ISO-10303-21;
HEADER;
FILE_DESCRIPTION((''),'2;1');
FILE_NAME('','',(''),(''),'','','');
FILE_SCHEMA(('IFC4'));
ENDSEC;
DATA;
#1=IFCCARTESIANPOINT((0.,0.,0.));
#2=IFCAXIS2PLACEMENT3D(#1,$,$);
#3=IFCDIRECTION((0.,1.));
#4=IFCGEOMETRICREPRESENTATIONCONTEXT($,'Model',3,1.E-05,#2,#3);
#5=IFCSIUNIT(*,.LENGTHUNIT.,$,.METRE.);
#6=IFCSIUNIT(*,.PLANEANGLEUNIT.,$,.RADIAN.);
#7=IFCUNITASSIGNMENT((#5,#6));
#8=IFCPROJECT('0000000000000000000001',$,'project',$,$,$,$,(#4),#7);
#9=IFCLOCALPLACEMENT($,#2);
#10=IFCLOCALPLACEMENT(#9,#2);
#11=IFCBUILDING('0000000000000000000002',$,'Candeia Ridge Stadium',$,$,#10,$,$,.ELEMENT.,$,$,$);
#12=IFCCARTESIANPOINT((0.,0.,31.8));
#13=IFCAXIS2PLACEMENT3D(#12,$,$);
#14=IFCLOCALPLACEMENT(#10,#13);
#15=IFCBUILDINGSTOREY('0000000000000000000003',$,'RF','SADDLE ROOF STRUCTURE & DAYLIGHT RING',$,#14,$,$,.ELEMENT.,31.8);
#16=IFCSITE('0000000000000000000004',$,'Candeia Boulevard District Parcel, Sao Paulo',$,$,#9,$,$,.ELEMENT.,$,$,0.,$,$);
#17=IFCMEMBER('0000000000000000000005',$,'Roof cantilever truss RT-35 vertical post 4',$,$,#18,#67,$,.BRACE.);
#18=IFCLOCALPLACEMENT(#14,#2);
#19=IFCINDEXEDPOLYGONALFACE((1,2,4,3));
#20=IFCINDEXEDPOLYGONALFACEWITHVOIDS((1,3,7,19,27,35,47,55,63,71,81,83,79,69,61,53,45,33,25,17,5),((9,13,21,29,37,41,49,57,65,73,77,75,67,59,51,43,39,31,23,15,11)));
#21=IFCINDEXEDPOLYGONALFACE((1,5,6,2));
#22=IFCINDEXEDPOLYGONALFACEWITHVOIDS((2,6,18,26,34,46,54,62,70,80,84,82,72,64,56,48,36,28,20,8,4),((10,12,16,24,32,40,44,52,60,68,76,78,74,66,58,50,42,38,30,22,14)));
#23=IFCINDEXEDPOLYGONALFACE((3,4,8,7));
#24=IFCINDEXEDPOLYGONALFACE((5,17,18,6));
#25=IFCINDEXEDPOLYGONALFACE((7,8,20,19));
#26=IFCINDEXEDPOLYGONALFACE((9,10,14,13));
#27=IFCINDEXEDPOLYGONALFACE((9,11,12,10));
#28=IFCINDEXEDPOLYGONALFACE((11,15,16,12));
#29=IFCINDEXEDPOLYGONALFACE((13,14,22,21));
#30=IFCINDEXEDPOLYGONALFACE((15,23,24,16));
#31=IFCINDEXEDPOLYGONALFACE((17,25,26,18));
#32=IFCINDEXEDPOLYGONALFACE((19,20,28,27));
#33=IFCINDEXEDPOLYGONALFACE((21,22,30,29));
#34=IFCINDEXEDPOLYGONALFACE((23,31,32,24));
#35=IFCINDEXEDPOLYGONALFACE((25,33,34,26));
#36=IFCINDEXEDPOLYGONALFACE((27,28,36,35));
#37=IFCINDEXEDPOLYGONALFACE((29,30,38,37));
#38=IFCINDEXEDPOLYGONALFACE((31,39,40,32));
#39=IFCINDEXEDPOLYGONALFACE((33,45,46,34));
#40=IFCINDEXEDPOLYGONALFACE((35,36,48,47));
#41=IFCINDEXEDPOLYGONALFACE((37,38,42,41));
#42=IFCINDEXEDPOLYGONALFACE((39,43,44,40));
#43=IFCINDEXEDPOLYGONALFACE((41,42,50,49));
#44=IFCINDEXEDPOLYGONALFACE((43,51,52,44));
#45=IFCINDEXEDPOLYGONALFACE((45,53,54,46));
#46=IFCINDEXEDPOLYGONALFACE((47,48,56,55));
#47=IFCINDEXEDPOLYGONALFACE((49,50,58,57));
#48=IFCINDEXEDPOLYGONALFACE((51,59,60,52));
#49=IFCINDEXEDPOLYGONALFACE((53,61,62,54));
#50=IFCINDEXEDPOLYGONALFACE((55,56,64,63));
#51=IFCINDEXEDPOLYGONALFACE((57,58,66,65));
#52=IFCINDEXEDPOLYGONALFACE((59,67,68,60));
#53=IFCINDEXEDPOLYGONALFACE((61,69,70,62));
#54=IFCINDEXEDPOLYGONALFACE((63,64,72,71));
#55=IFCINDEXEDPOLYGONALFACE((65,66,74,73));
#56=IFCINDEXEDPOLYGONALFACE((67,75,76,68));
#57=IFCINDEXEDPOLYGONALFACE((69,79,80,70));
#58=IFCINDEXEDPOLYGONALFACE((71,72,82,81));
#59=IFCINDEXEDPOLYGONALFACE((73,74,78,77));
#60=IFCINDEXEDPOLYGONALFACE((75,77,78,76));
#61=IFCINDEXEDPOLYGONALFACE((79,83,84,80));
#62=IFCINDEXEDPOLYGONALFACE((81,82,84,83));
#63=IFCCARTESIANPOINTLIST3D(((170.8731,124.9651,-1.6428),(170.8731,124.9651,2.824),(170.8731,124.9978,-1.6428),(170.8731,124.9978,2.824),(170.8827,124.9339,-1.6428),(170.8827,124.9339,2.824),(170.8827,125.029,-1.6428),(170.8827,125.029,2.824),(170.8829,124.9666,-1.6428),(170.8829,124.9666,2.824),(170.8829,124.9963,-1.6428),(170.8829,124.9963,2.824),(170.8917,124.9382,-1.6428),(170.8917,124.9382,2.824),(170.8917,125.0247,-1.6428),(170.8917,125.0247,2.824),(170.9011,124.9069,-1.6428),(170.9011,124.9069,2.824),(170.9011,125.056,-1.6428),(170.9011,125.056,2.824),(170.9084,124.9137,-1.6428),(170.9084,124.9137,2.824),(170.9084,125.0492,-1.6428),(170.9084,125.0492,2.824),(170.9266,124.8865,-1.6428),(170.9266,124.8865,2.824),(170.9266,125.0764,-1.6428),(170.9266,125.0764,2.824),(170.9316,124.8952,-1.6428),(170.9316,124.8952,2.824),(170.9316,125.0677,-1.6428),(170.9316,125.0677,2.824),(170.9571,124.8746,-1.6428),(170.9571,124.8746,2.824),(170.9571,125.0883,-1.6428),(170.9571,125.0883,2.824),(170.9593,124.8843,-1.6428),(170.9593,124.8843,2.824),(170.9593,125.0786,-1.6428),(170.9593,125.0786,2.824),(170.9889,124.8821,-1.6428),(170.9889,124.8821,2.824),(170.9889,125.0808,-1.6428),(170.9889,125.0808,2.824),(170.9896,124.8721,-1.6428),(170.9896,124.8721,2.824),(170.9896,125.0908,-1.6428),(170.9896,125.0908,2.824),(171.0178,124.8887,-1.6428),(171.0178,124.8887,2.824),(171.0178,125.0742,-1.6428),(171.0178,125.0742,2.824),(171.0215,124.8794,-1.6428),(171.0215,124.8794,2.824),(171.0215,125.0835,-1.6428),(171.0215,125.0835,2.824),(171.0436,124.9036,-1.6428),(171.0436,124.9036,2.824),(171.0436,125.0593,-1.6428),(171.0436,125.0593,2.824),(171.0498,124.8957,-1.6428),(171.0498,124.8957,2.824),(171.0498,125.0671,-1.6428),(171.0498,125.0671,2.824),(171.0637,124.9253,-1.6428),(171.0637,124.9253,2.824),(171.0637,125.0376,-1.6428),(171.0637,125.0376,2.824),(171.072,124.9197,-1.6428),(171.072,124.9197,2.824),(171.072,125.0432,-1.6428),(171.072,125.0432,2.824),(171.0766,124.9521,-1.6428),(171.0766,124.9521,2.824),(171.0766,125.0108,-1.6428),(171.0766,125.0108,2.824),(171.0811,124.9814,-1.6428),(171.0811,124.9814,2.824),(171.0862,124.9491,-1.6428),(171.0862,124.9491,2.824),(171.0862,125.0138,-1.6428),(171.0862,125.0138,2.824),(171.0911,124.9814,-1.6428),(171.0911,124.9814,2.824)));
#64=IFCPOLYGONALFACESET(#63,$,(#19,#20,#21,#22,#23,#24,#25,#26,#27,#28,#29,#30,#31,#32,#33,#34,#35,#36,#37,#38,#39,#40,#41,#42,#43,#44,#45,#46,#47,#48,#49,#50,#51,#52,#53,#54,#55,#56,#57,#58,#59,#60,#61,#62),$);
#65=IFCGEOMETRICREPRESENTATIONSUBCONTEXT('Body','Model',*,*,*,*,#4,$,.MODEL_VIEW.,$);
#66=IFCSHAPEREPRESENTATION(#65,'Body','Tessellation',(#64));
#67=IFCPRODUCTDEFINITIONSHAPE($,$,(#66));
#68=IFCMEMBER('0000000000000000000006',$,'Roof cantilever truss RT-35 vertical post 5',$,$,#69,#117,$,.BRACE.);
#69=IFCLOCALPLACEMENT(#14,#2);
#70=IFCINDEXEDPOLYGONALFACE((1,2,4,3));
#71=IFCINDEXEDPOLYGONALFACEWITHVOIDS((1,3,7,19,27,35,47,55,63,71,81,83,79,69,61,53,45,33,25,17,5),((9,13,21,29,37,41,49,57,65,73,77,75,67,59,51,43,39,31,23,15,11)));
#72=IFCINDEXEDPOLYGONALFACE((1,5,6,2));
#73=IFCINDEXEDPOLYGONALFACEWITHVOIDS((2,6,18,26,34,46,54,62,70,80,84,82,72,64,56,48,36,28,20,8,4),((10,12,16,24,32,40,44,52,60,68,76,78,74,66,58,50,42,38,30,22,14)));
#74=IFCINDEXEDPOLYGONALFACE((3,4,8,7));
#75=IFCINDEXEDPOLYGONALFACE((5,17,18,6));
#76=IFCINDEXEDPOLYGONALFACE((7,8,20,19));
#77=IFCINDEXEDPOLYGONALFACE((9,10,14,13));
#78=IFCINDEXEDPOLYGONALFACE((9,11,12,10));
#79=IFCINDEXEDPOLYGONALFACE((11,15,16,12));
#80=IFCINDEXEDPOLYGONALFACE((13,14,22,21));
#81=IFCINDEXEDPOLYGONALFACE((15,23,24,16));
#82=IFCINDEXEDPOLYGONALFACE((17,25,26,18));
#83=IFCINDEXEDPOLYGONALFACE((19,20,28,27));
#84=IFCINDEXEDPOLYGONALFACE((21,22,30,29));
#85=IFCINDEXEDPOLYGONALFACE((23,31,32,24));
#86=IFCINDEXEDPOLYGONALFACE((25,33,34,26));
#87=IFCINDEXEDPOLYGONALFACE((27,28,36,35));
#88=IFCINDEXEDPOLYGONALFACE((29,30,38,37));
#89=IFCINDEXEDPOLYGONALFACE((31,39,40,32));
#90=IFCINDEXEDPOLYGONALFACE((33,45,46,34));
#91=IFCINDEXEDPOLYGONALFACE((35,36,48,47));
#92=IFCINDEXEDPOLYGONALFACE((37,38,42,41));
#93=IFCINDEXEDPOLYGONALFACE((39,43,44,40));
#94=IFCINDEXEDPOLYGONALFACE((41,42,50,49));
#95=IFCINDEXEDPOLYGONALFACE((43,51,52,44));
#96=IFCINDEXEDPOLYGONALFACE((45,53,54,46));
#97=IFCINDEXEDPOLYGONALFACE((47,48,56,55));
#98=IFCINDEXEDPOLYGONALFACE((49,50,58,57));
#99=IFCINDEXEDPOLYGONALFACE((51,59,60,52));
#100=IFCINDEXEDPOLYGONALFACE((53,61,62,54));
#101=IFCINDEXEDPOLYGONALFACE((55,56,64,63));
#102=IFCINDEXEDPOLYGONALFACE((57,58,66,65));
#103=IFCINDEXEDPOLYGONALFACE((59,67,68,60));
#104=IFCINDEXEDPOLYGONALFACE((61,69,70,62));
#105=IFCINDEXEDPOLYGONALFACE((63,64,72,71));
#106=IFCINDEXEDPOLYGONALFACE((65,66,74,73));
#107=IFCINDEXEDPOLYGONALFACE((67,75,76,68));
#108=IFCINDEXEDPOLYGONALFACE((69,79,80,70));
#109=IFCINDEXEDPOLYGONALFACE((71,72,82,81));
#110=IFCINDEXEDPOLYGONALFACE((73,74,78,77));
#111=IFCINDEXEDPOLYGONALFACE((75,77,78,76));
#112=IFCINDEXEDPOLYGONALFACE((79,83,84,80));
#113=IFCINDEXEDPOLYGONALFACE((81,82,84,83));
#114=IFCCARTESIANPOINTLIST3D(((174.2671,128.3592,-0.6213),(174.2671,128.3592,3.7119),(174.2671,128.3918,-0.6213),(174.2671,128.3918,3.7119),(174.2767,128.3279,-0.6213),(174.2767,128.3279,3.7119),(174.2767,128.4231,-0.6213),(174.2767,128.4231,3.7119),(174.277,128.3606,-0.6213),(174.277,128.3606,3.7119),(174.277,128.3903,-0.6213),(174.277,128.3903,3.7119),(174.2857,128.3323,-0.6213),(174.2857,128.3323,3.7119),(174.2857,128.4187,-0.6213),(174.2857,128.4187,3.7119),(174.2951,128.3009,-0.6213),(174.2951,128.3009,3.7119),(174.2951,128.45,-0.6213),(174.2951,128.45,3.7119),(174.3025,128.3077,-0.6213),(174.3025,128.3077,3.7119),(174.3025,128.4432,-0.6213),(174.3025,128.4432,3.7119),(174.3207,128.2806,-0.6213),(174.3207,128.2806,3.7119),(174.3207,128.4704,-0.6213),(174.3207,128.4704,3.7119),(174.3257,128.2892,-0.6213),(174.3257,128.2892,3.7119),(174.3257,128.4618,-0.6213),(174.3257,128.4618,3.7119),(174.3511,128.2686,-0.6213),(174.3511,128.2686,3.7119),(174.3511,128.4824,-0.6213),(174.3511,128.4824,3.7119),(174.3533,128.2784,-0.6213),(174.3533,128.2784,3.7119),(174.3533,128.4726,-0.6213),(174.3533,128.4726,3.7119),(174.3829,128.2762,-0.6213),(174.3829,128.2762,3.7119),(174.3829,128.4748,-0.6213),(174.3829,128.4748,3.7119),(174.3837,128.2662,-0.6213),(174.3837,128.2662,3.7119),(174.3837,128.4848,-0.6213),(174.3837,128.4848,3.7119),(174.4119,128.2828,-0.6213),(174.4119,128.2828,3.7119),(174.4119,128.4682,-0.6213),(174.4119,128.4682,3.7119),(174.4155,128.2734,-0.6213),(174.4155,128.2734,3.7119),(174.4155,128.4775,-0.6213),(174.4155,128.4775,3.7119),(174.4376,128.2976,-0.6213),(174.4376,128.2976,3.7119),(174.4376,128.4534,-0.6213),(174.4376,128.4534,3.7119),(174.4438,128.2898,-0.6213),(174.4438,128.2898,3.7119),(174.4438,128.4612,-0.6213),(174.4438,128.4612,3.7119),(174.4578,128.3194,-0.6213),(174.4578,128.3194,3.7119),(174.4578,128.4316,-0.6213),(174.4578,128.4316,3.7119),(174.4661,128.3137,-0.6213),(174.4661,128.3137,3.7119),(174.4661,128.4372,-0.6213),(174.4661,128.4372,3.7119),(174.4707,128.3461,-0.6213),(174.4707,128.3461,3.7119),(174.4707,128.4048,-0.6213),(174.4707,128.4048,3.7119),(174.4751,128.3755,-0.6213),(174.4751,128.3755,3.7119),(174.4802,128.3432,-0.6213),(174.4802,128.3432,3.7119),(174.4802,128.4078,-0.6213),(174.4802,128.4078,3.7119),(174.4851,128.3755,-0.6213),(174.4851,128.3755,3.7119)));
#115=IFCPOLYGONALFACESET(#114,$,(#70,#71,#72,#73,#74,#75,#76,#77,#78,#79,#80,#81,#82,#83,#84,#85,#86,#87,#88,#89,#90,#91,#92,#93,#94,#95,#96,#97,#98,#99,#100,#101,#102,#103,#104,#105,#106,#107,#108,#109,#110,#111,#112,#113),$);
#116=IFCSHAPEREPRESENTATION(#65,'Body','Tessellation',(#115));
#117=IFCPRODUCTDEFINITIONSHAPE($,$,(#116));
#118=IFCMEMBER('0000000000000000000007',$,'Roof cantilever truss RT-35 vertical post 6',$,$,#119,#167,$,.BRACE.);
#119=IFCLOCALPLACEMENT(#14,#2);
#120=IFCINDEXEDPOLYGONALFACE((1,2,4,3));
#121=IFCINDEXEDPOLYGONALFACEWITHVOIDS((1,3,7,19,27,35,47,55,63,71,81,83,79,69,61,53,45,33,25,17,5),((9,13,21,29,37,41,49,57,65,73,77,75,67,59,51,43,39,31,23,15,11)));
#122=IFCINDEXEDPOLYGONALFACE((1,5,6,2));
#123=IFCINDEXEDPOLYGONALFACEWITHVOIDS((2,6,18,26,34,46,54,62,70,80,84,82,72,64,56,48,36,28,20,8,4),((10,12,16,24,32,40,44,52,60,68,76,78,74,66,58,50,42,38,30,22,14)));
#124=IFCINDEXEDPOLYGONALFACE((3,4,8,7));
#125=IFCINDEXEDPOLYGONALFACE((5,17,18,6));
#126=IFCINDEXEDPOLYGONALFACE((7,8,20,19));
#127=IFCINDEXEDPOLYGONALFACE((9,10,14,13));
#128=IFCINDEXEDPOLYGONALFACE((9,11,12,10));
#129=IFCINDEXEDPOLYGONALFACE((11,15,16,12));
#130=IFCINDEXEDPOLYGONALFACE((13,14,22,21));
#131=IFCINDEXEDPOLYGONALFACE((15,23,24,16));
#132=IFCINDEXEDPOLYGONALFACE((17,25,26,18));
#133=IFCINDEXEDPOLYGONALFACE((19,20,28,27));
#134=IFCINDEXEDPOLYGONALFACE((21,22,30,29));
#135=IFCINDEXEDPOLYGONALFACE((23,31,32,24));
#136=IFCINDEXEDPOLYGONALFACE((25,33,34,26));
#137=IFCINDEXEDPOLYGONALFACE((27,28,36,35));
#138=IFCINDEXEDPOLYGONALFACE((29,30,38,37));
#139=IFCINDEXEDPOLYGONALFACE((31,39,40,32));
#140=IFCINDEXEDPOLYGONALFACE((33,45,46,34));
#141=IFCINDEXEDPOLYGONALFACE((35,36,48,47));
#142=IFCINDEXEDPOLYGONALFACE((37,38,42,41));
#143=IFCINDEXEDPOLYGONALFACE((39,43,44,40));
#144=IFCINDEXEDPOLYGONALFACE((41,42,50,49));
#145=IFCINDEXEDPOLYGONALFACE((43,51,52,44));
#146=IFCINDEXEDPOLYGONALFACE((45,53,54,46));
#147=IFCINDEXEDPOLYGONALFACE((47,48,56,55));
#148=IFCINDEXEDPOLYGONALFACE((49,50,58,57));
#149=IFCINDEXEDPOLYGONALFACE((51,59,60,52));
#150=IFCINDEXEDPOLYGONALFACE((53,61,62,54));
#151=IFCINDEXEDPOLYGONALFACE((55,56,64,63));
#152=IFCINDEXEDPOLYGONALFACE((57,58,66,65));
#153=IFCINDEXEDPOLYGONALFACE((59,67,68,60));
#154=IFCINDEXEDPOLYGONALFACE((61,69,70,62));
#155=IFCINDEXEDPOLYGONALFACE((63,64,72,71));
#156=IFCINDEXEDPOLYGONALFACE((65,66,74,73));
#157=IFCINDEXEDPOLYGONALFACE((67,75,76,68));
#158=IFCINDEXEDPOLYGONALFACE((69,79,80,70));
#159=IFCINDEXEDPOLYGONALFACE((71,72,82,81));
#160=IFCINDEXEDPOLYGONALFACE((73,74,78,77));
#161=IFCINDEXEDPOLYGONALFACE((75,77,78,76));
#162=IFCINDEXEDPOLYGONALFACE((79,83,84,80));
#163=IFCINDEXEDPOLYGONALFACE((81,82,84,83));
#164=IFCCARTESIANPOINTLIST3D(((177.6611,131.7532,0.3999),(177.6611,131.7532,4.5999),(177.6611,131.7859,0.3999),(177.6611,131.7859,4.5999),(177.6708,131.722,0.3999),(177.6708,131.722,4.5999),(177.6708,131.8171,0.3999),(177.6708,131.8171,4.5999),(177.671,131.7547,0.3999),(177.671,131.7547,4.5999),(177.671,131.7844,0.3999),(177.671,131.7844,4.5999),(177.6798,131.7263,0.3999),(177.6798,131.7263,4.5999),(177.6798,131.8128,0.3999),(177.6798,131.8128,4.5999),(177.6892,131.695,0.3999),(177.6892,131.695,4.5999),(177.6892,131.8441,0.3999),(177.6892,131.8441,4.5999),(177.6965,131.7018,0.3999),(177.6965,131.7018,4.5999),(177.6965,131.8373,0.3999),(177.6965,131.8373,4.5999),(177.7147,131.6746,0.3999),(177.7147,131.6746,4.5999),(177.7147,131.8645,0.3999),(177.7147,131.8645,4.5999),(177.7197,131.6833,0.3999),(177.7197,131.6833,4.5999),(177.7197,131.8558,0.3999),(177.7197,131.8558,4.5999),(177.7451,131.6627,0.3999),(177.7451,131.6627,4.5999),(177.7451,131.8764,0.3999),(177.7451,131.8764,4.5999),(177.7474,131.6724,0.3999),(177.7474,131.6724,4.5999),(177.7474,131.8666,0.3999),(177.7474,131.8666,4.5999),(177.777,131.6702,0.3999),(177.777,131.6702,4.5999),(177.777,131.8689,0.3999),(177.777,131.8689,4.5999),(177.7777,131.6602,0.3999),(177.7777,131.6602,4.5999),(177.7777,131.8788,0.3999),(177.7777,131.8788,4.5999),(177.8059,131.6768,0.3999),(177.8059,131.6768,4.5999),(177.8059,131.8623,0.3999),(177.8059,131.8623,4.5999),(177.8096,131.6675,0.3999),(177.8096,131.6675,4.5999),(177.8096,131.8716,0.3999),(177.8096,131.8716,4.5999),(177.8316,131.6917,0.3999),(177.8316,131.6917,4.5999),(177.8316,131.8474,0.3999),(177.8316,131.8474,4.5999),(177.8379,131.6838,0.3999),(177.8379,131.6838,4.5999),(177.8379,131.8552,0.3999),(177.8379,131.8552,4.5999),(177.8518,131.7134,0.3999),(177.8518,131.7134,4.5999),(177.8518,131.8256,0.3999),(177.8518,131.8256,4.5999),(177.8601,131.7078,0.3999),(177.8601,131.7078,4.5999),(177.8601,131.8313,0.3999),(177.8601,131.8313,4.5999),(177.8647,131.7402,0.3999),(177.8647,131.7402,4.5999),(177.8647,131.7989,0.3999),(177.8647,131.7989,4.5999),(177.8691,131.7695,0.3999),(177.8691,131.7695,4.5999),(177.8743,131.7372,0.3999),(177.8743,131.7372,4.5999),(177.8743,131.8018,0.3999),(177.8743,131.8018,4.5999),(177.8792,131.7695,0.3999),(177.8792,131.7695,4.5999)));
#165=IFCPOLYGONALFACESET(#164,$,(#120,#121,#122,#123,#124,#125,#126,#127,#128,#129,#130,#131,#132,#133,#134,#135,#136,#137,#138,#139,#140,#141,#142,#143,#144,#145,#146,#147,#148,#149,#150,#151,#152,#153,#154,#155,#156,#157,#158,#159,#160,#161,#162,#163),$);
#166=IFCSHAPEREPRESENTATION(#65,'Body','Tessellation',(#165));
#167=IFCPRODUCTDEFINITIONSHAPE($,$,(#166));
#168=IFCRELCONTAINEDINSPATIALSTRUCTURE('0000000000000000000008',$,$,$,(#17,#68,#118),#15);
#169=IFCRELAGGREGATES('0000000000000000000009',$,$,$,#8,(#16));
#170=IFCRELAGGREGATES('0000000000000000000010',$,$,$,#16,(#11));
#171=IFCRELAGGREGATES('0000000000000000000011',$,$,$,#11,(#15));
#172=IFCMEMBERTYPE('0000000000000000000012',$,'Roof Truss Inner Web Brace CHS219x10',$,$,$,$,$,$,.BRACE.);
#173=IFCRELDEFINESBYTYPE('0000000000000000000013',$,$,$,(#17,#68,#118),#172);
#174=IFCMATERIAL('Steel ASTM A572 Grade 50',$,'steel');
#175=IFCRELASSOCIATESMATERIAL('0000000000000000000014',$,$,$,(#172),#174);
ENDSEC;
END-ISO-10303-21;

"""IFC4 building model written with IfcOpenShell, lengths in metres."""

from ifc_helpers import new_model, si_unit, direction, frame, origin, origin_2d, place, context, subcontext, project, spatial, hollow_circle, extrude, material, material_profile, profile_set, type_object, element, save


model = new_model("IFC4")

# Units and contexts
model_context = context("Model", 3, precision=1e-05, world=origin(), true_north=direction((0.0, 1.0)))
body_context = subcontext(model_context, "Body", "Model", "MODEL_VIEW")
ifc_project = project(units=[si_unit("LENGTHUNIT", "METRE"), si_unit("PLANEANGLEUNIT", "RADIAN")], contexts=[model_context])

# Site, building, storey
site_placement = place(None, origin())
site = spatial("IfcSite", under=ifc_project, at=site_placement, Name="Candeia Boulevard District Parcel, Sao Paulo", CompositionType="ELEMENT", RefElevation=0.0)
building_placement = place(site_placement, origin())
building = spatial("IfcBuilding", under=site, at=building_placement, Name="Candeia Ridge Stadium", CompositionType="ELEMENT")
storey_placement = place(building_placement, frame((0.0, 0.0, 31.8)))
storey = spatial("IfcBuildingStorey", under=building, at=storey_placement, Name="RF", Description="SADDLE ROOF STRUCTURE & DAYLIGHT RING", CompositionType="ELEMENT", Elevation=31.8)

# Shared definitions
ifc_material_1 = material(Name="Steel ASTM A572 Grade 50", Category="steel")

# Members
ifc_material_profile_1 = material_profile(ifc_material_1, hollow_circle(Radius=0.1096, WallThickness=0.01, at=origin_2d()), Name="CHS219x10", Category="steel")
ifc_profile_set_1 = profile_set([ifc_material_profile_1], Name="Steel ASTM A572 Grade 50")
member_type_1 = type_object("IfcMemberType", Name="Roof Truss Inner Web Brace CHS219x10", PredefinedType="BRACE", material=ifc_profile_set_1)
member_1_placement = place(storey_placement, frame((170.9814, 124.9814, -1.6428), z_axis=(0.0, 0.0, 1.0), x_axis=(1.0, 0.0, 0.0)))
element("IfcMember", 1, at=member_1_placement, inside=storey, type_object=member_type_1, Name="Roof cantilever truss RT-35 vertical post 4", PredefinedType="BRACE", context=body_context, shape_type="SweptSolid", body=[
    extrude(hollow_circle(Radius=0.1096, WallThickness=0.01, at=origin_2d()), origin(), (0.0, 0.0, 1.0), 4.4668),
])
member_2_placement = place(storey_placement, frame((174.3755, 128.3755, -0.6213), z_axis=(0.0, 0.0, 1.0), x_axis=(1.0, 0.0, 0.0)))
element("IfcMember", 2, at=member_2_placement, inside=storey, type_object=member_type_1, Name="Roof cantilever truss RT-35 vertical post 5", PredefinedType="BRACE", context=body_context, shape_type="SweptSolid", body=[
    extrude(hollow_circle(Radius=0.1096, WallThickness=0.01, at=origin_2d()), origin(), (0.0, 0.0, 1.0), 4.3333),
])
member_3_placement = place(storey_placement, frame((177.7695, 131.7695, 0.3999), z_axis=(0.0, 0.0, 1.0), x_axis=(1.0, 0.0, 0.0)))
element("IfcMember", 3, at=member_3_placement, inside=storey, type_object=member_type_1, Name="Roof cantilever truss RT-35 vertical post 6", PredefinedType="BRACE", context=body_context, shape_type="SweptSolid", body=[
    extrude(hollow_circle(Radius=0.1096, WallThickness=0.01, at=origin_2d()), origin(), (0.0, 0.0, 1.0), 4.2),
])

save(model, "model.ifc")
